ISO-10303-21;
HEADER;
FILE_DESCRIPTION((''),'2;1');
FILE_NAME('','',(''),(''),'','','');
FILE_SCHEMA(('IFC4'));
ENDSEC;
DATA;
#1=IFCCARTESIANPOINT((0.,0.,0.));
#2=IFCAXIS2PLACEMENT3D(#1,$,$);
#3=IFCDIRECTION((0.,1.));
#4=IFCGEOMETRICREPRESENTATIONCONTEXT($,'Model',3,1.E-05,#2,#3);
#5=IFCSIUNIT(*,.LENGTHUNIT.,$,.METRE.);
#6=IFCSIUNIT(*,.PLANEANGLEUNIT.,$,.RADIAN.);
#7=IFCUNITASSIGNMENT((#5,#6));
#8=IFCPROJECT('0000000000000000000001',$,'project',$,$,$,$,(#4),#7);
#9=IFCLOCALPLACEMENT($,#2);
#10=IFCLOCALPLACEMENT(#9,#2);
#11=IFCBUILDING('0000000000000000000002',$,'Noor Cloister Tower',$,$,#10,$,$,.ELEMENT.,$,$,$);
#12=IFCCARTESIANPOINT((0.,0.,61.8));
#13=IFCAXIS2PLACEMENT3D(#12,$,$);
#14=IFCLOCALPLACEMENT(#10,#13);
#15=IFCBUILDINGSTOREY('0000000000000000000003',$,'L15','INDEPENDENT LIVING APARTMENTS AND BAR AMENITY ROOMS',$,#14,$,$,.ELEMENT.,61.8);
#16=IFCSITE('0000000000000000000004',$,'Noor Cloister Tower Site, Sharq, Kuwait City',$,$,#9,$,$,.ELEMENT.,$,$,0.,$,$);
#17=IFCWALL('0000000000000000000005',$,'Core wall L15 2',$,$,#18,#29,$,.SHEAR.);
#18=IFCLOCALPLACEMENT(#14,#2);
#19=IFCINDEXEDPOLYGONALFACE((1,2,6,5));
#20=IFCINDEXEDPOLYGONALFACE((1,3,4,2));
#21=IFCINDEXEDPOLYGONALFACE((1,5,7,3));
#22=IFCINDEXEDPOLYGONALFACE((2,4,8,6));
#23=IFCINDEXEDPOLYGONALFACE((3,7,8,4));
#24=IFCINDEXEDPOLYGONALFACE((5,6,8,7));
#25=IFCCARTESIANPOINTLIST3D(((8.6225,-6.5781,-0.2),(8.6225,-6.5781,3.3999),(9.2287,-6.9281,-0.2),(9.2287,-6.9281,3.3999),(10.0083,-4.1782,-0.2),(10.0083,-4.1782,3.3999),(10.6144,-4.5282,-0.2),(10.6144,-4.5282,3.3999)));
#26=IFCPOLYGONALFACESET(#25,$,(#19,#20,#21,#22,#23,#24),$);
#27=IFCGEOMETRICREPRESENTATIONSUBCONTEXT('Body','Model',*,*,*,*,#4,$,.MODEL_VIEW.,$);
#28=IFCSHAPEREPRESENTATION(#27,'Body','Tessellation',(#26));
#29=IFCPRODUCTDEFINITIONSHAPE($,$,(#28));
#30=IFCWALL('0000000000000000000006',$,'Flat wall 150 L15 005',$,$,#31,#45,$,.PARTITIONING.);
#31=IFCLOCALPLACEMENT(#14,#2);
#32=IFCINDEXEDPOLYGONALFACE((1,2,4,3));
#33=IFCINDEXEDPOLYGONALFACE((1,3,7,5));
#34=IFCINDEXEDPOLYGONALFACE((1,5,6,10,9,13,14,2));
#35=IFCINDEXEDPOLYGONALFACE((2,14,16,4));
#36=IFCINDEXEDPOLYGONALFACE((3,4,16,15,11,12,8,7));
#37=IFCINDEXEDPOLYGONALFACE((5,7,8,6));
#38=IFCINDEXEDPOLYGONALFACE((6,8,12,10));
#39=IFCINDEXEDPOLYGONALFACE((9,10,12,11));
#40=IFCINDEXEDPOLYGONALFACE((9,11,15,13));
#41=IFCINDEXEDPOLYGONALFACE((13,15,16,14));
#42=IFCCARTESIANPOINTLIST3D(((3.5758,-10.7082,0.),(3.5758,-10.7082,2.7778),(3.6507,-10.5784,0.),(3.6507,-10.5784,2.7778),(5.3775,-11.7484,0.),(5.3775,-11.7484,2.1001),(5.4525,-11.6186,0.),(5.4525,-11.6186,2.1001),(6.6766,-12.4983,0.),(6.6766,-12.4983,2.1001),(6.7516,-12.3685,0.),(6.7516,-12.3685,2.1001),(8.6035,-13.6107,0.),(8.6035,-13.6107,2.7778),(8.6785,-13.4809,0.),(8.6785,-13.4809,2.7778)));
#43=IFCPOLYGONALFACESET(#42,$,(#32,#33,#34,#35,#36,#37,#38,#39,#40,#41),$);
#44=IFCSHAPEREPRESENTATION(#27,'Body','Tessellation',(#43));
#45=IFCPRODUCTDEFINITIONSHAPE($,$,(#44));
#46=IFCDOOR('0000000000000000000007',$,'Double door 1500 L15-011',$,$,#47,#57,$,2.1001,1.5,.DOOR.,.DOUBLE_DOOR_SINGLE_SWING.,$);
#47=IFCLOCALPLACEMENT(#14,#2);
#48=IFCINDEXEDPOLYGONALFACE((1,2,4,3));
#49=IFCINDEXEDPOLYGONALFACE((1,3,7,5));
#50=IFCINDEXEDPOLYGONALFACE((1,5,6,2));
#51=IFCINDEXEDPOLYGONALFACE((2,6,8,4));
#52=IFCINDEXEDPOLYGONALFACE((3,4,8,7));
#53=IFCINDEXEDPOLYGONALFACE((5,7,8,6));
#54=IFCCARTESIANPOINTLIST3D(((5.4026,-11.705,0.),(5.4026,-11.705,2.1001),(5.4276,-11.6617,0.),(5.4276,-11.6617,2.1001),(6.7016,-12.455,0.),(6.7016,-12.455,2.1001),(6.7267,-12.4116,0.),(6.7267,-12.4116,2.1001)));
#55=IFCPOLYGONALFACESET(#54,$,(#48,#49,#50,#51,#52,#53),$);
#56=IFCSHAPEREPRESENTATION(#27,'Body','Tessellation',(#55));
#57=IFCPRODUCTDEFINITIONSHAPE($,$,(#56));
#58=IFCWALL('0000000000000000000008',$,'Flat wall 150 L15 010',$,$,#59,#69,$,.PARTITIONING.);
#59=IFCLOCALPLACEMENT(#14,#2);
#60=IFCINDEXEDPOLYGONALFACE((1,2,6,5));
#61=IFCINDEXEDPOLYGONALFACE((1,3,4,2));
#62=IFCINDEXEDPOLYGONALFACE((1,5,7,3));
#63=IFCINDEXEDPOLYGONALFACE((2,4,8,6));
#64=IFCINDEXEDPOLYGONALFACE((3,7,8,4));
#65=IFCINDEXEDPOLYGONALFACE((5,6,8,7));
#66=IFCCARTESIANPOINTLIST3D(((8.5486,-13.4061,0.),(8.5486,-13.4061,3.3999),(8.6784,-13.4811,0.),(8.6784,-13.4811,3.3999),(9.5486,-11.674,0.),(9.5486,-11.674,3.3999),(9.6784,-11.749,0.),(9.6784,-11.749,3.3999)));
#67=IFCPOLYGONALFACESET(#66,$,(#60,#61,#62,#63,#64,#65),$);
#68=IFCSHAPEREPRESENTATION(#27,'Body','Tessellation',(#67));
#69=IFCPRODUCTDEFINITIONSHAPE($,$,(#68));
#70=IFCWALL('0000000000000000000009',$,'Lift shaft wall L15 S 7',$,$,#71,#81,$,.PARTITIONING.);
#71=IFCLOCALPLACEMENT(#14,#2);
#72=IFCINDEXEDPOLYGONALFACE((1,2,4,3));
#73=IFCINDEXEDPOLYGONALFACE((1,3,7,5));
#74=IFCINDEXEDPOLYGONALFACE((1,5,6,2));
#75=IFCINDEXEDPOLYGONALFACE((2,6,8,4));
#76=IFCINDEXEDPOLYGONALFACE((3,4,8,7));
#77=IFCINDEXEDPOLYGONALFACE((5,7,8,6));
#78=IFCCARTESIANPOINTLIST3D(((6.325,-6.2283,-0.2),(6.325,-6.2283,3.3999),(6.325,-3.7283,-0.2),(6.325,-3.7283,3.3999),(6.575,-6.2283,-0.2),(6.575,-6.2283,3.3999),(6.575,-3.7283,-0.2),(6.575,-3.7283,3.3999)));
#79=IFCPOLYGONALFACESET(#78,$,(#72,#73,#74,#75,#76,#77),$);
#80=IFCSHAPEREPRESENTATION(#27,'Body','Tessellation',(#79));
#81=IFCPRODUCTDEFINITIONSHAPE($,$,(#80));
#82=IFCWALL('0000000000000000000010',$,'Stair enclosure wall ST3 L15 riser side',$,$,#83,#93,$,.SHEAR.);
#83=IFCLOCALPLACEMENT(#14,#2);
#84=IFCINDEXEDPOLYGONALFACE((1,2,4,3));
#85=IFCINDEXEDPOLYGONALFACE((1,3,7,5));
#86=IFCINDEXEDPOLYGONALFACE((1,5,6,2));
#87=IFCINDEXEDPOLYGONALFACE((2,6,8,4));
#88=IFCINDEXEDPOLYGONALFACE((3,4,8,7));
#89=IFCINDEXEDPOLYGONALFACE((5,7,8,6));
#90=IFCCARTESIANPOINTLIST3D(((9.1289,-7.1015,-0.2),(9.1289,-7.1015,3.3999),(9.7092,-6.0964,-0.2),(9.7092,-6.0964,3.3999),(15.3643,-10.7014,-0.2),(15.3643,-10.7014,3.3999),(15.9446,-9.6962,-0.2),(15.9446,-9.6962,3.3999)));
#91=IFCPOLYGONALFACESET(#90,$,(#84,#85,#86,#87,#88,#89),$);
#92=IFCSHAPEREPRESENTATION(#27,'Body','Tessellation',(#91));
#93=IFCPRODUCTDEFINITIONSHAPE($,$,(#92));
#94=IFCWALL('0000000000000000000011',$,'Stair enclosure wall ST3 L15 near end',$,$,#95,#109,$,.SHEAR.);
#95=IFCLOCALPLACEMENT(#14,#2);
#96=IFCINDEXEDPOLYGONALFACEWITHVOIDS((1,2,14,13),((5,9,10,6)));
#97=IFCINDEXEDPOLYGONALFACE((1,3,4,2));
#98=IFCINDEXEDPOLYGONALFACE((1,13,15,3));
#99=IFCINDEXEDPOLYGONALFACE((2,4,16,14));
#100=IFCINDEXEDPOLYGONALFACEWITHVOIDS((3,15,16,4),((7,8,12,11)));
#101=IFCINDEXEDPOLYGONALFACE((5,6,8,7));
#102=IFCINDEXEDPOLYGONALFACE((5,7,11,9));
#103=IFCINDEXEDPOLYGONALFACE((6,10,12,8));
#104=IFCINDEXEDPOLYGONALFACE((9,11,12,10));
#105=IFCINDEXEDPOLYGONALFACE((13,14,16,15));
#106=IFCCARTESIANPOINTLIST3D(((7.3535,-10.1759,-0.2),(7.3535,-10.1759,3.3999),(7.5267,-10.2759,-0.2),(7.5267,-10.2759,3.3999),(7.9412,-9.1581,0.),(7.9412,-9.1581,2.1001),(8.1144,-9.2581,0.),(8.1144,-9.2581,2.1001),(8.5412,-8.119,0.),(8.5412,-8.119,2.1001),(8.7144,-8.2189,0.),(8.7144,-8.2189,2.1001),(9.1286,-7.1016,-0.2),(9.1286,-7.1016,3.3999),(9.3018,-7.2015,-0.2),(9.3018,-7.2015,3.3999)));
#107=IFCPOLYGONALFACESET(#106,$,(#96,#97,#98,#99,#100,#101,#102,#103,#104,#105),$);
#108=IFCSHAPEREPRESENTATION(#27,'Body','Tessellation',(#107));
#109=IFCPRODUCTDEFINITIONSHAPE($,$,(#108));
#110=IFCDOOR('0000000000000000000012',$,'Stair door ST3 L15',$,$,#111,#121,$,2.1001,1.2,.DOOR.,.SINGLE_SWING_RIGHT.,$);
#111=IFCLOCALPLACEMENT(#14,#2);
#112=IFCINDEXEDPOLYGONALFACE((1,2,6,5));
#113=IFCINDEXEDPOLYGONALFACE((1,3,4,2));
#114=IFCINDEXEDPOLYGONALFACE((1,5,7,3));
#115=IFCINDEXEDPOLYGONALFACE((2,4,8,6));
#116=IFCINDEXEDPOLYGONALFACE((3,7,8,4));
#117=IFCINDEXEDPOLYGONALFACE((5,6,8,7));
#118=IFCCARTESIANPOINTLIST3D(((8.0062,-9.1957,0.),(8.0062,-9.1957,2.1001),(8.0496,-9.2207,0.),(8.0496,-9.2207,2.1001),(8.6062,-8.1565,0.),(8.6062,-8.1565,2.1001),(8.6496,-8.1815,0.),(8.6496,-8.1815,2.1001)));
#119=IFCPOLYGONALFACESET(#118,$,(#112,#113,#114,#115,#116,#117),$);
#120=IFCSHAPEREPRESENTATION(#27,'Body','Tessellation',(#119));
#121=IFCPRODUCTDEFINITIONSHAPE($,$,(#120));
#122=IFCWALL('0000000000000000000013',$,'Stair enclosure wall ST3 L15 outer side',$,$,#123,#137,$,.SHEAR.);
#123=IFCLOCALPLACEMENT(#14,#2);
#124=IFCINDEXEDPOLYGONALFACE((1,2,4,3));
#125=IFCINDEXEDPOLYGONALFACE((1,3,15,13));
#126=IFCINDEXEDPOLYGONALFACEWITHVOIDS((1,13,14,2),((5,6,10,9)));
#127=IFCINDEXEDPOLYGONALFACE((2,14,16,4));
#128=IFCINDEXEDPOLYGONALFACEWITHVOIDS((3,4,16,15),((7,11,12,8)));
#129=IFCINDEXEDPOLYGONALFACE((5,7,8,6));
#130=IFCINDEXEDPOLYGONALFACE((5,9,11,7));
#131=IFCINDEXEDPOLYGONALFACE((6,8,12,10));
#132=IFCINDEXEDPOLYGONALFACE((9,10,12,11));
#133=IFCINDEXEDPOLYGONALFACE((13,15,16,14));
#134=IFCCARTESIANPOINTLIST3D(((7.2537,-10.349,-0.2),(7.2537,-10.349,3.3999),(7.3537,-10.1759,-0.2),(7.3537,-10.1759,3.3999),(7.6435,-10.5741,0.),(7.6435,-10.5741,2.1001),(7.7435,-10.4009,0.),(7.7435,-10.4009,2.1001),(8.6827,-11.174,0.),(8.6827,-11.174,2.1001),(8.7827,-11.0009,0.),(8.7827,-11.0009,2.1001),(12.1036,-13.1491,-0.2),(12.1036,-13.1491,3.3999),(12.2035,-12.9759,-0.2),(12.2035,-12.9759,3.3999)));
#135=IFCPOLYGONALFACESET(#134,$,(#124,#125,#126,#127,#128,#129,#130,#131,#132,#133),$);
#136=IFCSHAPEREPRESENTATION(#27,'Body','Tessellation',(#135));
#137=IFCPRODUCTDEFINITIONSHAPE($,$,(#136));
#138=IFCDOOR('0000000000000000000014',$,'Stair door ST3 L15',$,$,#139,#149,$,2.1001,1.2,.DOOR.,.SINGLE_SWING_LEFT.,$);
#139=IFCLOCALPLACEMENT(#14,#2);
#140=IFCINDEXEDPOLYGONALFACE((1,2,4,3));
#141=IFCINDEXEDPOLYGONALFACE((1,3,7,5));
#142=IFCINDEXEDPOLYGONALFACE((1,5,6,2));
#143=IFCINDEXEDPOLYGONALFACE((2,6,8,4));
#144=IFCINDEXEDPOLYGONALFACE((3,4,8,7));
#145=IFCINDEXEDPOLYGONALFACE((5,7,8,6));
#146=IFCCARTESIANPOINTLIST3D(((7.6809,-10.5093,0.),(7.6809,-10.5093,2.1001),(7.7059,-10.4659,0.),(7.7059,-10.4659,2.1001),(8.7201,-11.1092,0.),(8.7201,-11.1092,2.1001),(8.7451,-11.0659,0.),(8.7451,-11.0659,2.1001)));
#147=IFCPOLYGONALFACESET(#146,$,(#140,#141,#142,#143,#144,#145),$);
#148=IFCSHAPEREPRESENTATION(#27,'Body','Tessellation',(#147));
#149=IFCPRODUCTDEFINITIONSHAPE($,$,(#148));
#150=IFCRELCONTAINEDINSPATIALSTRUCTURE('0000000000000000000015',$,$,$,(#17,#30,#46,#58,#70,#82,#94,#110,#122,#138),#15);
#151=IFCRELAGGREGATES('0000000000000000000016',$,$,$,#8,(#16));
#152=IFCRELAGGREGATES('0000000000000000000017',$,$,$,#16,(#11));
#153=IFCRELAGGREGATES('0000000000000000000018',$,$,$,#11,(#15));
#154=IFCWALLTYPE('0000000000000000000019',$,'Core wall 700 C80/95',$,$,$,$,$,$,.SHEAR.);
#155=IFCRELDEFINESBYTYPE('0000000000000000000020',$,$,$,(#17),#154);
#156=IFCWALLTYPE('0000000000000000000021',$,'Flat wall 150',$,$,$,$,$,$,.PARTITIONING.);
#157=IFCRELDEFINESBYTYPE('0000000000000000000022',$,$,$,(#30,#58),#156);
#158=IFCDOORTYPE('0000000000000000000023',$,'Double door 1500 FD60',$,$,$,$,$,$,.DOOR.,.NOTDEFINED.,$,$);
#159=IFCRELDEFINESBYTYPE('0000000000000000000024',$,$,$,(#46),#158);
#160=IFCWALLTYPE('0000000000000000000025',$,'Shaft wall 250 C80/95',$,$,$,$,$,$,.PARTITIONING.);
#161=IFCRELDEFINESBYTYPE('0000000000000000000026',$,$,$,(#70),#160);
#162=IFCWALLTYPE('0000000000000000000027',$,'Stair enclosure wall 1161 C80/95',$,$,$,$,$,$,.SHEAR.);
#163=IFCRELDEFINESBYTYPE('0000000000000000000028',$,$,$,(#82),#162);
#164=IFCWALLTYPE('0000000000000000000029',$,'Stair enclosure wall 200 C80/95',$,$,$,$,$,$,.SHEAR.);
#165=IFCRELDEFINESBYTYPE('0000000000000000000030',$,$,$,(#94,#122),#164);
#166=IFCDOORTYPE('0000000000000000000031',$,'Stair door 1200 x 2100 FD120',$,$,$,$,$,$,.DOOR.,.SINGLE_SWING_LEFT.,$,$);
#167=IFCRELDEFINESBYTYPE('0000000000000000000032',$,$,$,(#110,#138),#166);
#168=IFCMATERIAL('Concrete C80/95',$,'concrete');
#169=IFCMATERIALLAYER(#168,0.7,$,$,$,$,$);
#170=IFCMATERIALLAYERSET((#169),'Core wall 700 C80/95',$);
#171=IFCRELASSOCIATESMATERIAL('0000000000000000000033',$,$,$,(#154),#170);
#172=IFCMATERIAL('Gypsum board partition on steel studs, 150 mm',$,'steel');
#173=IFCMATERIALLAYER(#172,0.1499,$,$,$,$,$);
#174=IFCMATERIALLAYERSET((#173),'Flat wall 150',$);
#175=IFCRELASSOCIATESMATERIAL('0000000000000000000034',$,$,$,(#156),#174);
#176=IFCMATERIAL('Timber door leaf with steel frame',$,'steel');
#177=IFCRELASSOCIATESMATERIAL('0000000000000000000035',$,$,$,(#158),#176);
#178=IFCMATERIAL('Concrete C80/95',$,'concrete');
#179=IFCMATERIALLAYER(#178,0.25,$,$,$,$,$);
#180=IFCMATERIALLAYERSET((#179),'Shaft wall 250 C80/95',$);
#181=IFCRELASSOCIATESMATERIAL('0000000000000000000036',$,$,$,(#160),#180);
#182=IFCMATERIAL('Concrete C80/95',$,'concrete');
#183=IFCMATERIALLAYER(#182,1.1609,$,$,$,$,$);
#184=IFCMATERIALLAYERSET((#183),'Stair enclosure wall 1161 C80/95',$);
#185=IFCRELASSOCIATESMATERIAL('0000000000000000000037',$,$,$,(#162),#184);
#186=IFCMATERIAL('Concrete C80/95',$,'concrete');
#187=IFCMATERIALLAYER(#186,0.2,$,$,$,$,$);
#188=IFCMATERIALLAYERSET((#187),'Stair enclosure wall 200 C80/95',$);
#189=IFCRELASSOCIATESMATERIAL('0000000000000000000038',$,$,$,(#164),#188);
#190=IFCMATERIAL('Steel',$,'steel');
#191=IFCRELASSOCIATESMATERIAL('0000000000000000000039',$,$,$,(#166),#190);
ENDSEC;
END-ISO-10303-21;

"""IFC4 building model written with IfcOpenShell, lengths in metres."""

from ifc_helpers import new_model, si_unit, direction, frame, frame_2d, origin, place, context, subcontext, project, spatial, rectangle, extrude, material, layer, layer_set, type_object, element, fill, save


model = new_model("IFC4")

# Units and contexts
model_context = context("Model", 3, precision=1e-05, world=origin(), true_north=direction((0.0, 1.0)))
body_context = subcontext(model_context, "Body", "Model", "MODEL_VIEW")
ifc_project = project(units=[si_unit("LENGTHUNIT", "METRE"), si_unit("PLANEANGLEUNIT", "RADIAN")], contexts=[model_context])

# Site, building, storey
site_placement = place(None, origin())
site = spatial("IfcSite", under=ifc_project, at=site_placement, Name="Noor Cloister Tower Site, Sharq, Kuwait City", CompositionType="ELEMENT", RefElevation=0.0)
building_placement = place(site_placement, origin())
building = spatial("IfcBuilding", under=site, at=building_placement, Name="Noor Cloister Tower", CompositionType="ELEMENT")
storey_placement = place(building_placement, frame((0.0, 0.0, 61.8)))
storey = spatial("IfcBuildingStorey", under=building, at=storey_placement, Name="L15", Description="INDEPENDENT LIVING APARTMENTS AND BAR AMENITY ROOMS", CompositionType="ELEMENT", Elevation=61.8)

# Wall
ifc_material_1 = material(Name="Concrete C80/95", Category="concrete")
ifc_layer_1 = layer(ifc_material_1, 0.7)
ifc_layer_set_1 = layer_set([ifc_layer_1], Name="Core wall 700 C80/95")
wall_type_1 = type_object("IfcWallType", Name="Core wall 700 C80/95", PredefinedType="SHEAR", material=ifc_layer_set_1)
wall_1_placement = place(storey_placement, frame((8.9255, -6.7532, -0.2), z_axis=(0.0, 0.0, 1.0), x_axis=(0.500043, 0.866001, 0.0)))
element("IfcWall", 1, at=wall_1_placement, inside=storey, type_object=wall_type_1, Name="Core wall L15 2", PredefinedType="SHEAR", context=body_context, shape_type="SweptSolid", body=[
    extrude(rectangle(XDim=2.7712, YDim=0.7, at=frame_2d((1.3857, 0.0))), origin(), (0.0, 0.0, 1.0), 3.5999),
])

# Wall, opening, door
ifc_material_2 = material(Name="Gypsum board partition on steel studs, 150 mm", Category="steel")
ifc_layer_2 = layer(ifc_material_2, 0.1499)
ifc_layer_set_2 = layer_set([ifc_layer_2], Name="Flat wall 150")
wall_type_2 = type_object("IfcWallType", Name="Flat wall 150", PredefinedType="PARTITIONING", material=ifc_layer_set_2)
wall_2_placement = place(storey_placement, frame((8.6411, -13.5459, 0.0), z_axis=(0.0, 0.0, 1.0), x_axis=(-0.866043, 0.49997, 0.0)))
wall_2 = element("IfcWall", 2, at=wall_2_placement, inside=storey, type_object=wall_type_2, Name="Flat wall 150 L15 005", PredefinedType="PARTITIONING", context=body_context, shape_type="SweptSolid", body=[
    extrude(rectangle(XDim=5.8054, YDim=0.1499, at=frame_2d((2.9028, 0.0))), origin(), (0.0, 0.0, 1.0), 2.7778),
])
opening_1_placement = place(wall_2_placement, frame((2.2251, 0.0, 0.0)))
opening_1 = element("IfcOpeningElement", 3, at=opening_1_placement, cuts=wall_2, PredefinedType="OPENING", context=body_context, shape_type="SweptSolid", body=[
    extrude(rectangle(XDim=1.5, YDim=2.1001, at=frame_2d((0.75, 1.05))), frame((0.0, 0.085, 0.0), z_axis=(0.0, -1.0, 0.0), x_axis=(1.0, 0.0, 0.0)), (0.0, 0.0, 1.0), 0.1699),
])
ifc_material_3 = material(Name="Timber door leaf with steel frame", Category="steel")
door_type_1 = type_object("IfcDoorType", Name="Double door 1500 FD60", OperationType="NOTDEFINED", PredefinedType="DOOR", material=ifc_material_3)
door_1_placement = place(opening_1_placement, origin())
door_1 = element("IfcDoor", 4, at=door_1_placement, inside=storey, type_object=door_type_1, Name="Double door 1500 L15-011", OperationType="DOUBLE_DOOR_SINGLE_SWING", OverallHeight=2.1001, OverallWidth=1.5, PredefinedType="DOOR", context=body_context, shape_type="SweptSolid", body=[
    extrude(rectangle(XDim=1.5, YDim=2.1001, at=frame_2d((0.75, 1.05))), frame((0.0, 0.0249, 0.0), z_axis=(0.0, -1.0, 0.0), x_axis=(1.0, 0.0, 0.0)), (0.0, 0.0, 1.0), 0.05),
])
fill(opening_1, door_1)

# Walls
wall_3_placement = place(storey_placement, frame((8.6135, -13.4436, 0.0), z_axis=(0.0, 0.0, 1.0), x_axis=(0.499973, 0.866041, 0.0)))
element("IfcWall", 5, at=wall_3_placement, inside=storey, type_object=wall_type_2, Name="Flat wall 150 L15 010", PredefinedType="PARTITIONING", context=body_context, shape_type="SweptSolid", body=[
    extrude(rectangle(XDim=2.0, YDim=0.1499, at=frame_2d((1.0, 0.0))), origin(), (0.0, 0.0, 1.0), 3.3999),
])
ifc_material_4 = material(Name="Concrete C80/95", Category="concrete")
ifc_layer_3 = layer(ifc_material_4, 0.25)
ifc_layer_set_3 = layer_set([ifc_layer_3], Name="Shaft wall 250 C80/95")
wall_type_3 = type_object("IfcWallType", Name="Shaft wall 250 C80/95", PredefinedType="PARTITIONING", material=ifc_layer_set_3)
wall_4_placement = place(storey_placement, frame((6.45, -6.2283, -0.2), z_axis=(0.0, 0.0, 1.0), x_axis=(0.0, 1.0, 0.0)))
element("IfcWall", 6, at=wall_4_placement, inside=storey, type_object=wall_type_3, Name="Lift shaft wall L15 S 7", PredefinedType="PARTITIONING", context=body_context, shape_type="SweptSolid", body=[
    extrude(rectangle(XDim=2.5, YDim=0.25, at=frame_2d((1.25, 0.0))), origin(), (0.0, 0.0, 1.0), 3.5999),
])
ifc_material_5 = material(Name="Concrete C80/95", Category="concrete")
ifc_layer_4 = layer(ifc_material_5, 1.1609)
ifc_layer_set_4 = layer_set([ifc_layer_4], Name="Stair enclosure wall 1161 C80/95")
wall_type_4 = type_object("IfcWallType", Name="Stair enclosure wall 1161 C80/95", PredefinedType="SHEAR", material=ifc_layer_set_4)
wall_5_placement = place(storey_placement, frame((9.4189, -6.5989, -0.2), z_axis=(0.0, 0.0, 1.0), x_axis=(0.866033, -0.499987, 0.0)))
element("IfcWall", 7, at=wall_5_placement, inside=storey, type_object=wall_type_4, Name="Stair enclosure wall ST3 L15 riser side", PredefinedType="SHEAR", context=body_context, shape_type="SweptSolid", body=[
    extrude(rectangle(XDim=7.2, YDim=1.1606, at=frame_2d((3.6001, 0.0))), origin(), (0.0, 0.0, 1.0), 3.5999),
])

# Walls, openings, doors
ifc_material_6 = material(Name="Concrete C80/95", Category="concrete")
ifc_layer_5 = layer(ifc_material_6, 0.2)
ifc_layer_set_5 = layer_set([ifc_layer_5], Name="Stair enclosure wall 200 C80/95")
wall_type_5 = type_object("IfcWallType", Name="Stair enclosure wall 200 C80/95", PredefinedType="SHEAR", material=ifc_layer_set_5)
wall_6_placement = place(storey_placement, frame((7.4402, -10.2258, -0.2), z_axis=(0.0, 0.0, 1.0), x_axis=(0.500022, 0.866013, 0.0)))
wall_6 = element("IfcWall", 8, at=wall_6_placement, inside=storey, type_object=wall_type_5, Name="Stair enclosure wall ST3 L15 near end", PredefinedType="SHEAR", context=body_context, shape_type="SweptSolid", body=[
    extrude(rectangle(XDim=3.55, YDim=0.2, at=frame_2d((1.7749, 0.0))), origin(), (0.0, 0.0, 1.0), 3.5999),
])
opening_2_placement = place(wall_6_placement, frame((1.175, 0.0, 0.2)))
opening_2 = element("IfcOpeningElement", 9, at=opening_2_placement, cuts=wall_6, PredefinedType="OPENING", context=body_context, shape_type="SweptSolid", body=[
    extrude(rectangle(XDim=1.2, YDim=2.1001, at=frame_2d((0.6001, 1.05))), frame((0.0, 0.1099, 0.0), z_axis=(0.0, -1.0, 0.0), x_axis=(1.0, 0.0, 0.0)), (0.0, 0.0, 1.0), 0.22),
])
ifc_material_7 = material(Name="Steel", Category="steel")
door_type_2 = type_object("IfcDoorType", Name="Stair door 1200 x 2100 FD120", OperationType="SINGLE_SWING_LEFT", PredefinedType="DOOR", material=ifc_material_7)
door_2_placement = place(opening_2_placement, origin())
door_2 = element("IfcDoor", 10, at=door_2_placement, inside=storey, type_object=door_type_2, Name="Stair door ST3 L15", OperationType="SINGLE_SWING_RIGHT", OverallHeight=2.1001, OverallWidth=1.2, PredefinedType="DOOR", context=body_context, shape_type="SweptSolid", body=[
    extrude(rectangle(XDim=1.2, YDim=2.1001, at=frame_2d((0.6001, 1.05))), frame((0.0, 0.0249, 0.0), z_axis=(0.0, -1.0, 0.0), x_axis=(1.0, 0.0, 0.0)), (0.0, 0.0, 1.0), 0.05),
])
fill(opening_2, door_2)
wall_7_placement = place(storey_placement, frame((7.3037, -10.2625, -0.2), z_axis=(0.0, 0.0, 1.0), x_axis=(0.866027, -0.499998, 0.0)))
wall_7 = element("IfcWall", 11, at=wall_7_placement, inside=storey, type_object=wall_type_5, Name="Stair enclosure wall ST3 L15 outer side", PredefinedType="SHEAR", context=body_context, shape_type="SweptSolid", body=[
    extrude(rectangle(XDim=5.6001, YDim=0.2, at=frame_2d((2.8, 0.0))), origin(), (0.0, 0.0, 1.0), 3.5999),
])
opening_3_placement = place(wall_7_placement, frame((0.45, 0.0, 0.2)))
opening_3 = element("IfcOpeningElement", 12, at=opening_3_placement, cuts=wall_7, PredefinedType="OPENING", context=body_context, shape_type="SweptSolid", body=[
    extrude(rectangle(XDim=1.2, YDim=2.1001, at=frame_2d((0.6001, 1.05))), frame((0.0, 0.1099, 0.0), z_axis=(0.0, -1.0, 0.0), x_axis=(1.0, 0.0, 0.0)), (0.0, 0.0, 1.0), 0.22),
])
door_3_placement = place(opening_3_placement, origin())
door_3 = element("IfcDoor", 13, at=door_3_placement, inside=storey, type_object=door_type_2, Name="Stair door ST3 L15", OperationType="SINGLE_SWING_LEFT", OverallHeight=2.1001, OverallWidth=1.2, PredefinedType="DOOR", context=body_context, shape_type="SweptSolid", body=[
    extrude(rectangle(XDim=1.2, YDim=2.1001, at=frame_2d((0.6001, 1.05))), frame((0.0, 0.0249, 0.0), z_axis=(0.0, -1.0, 0.0), x_axis=(1.0, 0.0, 0.0)), (0.0, 0.0, 1.0), 0.05),
])
fill(opening_3, door_3)

save(model, "model.ifc")
